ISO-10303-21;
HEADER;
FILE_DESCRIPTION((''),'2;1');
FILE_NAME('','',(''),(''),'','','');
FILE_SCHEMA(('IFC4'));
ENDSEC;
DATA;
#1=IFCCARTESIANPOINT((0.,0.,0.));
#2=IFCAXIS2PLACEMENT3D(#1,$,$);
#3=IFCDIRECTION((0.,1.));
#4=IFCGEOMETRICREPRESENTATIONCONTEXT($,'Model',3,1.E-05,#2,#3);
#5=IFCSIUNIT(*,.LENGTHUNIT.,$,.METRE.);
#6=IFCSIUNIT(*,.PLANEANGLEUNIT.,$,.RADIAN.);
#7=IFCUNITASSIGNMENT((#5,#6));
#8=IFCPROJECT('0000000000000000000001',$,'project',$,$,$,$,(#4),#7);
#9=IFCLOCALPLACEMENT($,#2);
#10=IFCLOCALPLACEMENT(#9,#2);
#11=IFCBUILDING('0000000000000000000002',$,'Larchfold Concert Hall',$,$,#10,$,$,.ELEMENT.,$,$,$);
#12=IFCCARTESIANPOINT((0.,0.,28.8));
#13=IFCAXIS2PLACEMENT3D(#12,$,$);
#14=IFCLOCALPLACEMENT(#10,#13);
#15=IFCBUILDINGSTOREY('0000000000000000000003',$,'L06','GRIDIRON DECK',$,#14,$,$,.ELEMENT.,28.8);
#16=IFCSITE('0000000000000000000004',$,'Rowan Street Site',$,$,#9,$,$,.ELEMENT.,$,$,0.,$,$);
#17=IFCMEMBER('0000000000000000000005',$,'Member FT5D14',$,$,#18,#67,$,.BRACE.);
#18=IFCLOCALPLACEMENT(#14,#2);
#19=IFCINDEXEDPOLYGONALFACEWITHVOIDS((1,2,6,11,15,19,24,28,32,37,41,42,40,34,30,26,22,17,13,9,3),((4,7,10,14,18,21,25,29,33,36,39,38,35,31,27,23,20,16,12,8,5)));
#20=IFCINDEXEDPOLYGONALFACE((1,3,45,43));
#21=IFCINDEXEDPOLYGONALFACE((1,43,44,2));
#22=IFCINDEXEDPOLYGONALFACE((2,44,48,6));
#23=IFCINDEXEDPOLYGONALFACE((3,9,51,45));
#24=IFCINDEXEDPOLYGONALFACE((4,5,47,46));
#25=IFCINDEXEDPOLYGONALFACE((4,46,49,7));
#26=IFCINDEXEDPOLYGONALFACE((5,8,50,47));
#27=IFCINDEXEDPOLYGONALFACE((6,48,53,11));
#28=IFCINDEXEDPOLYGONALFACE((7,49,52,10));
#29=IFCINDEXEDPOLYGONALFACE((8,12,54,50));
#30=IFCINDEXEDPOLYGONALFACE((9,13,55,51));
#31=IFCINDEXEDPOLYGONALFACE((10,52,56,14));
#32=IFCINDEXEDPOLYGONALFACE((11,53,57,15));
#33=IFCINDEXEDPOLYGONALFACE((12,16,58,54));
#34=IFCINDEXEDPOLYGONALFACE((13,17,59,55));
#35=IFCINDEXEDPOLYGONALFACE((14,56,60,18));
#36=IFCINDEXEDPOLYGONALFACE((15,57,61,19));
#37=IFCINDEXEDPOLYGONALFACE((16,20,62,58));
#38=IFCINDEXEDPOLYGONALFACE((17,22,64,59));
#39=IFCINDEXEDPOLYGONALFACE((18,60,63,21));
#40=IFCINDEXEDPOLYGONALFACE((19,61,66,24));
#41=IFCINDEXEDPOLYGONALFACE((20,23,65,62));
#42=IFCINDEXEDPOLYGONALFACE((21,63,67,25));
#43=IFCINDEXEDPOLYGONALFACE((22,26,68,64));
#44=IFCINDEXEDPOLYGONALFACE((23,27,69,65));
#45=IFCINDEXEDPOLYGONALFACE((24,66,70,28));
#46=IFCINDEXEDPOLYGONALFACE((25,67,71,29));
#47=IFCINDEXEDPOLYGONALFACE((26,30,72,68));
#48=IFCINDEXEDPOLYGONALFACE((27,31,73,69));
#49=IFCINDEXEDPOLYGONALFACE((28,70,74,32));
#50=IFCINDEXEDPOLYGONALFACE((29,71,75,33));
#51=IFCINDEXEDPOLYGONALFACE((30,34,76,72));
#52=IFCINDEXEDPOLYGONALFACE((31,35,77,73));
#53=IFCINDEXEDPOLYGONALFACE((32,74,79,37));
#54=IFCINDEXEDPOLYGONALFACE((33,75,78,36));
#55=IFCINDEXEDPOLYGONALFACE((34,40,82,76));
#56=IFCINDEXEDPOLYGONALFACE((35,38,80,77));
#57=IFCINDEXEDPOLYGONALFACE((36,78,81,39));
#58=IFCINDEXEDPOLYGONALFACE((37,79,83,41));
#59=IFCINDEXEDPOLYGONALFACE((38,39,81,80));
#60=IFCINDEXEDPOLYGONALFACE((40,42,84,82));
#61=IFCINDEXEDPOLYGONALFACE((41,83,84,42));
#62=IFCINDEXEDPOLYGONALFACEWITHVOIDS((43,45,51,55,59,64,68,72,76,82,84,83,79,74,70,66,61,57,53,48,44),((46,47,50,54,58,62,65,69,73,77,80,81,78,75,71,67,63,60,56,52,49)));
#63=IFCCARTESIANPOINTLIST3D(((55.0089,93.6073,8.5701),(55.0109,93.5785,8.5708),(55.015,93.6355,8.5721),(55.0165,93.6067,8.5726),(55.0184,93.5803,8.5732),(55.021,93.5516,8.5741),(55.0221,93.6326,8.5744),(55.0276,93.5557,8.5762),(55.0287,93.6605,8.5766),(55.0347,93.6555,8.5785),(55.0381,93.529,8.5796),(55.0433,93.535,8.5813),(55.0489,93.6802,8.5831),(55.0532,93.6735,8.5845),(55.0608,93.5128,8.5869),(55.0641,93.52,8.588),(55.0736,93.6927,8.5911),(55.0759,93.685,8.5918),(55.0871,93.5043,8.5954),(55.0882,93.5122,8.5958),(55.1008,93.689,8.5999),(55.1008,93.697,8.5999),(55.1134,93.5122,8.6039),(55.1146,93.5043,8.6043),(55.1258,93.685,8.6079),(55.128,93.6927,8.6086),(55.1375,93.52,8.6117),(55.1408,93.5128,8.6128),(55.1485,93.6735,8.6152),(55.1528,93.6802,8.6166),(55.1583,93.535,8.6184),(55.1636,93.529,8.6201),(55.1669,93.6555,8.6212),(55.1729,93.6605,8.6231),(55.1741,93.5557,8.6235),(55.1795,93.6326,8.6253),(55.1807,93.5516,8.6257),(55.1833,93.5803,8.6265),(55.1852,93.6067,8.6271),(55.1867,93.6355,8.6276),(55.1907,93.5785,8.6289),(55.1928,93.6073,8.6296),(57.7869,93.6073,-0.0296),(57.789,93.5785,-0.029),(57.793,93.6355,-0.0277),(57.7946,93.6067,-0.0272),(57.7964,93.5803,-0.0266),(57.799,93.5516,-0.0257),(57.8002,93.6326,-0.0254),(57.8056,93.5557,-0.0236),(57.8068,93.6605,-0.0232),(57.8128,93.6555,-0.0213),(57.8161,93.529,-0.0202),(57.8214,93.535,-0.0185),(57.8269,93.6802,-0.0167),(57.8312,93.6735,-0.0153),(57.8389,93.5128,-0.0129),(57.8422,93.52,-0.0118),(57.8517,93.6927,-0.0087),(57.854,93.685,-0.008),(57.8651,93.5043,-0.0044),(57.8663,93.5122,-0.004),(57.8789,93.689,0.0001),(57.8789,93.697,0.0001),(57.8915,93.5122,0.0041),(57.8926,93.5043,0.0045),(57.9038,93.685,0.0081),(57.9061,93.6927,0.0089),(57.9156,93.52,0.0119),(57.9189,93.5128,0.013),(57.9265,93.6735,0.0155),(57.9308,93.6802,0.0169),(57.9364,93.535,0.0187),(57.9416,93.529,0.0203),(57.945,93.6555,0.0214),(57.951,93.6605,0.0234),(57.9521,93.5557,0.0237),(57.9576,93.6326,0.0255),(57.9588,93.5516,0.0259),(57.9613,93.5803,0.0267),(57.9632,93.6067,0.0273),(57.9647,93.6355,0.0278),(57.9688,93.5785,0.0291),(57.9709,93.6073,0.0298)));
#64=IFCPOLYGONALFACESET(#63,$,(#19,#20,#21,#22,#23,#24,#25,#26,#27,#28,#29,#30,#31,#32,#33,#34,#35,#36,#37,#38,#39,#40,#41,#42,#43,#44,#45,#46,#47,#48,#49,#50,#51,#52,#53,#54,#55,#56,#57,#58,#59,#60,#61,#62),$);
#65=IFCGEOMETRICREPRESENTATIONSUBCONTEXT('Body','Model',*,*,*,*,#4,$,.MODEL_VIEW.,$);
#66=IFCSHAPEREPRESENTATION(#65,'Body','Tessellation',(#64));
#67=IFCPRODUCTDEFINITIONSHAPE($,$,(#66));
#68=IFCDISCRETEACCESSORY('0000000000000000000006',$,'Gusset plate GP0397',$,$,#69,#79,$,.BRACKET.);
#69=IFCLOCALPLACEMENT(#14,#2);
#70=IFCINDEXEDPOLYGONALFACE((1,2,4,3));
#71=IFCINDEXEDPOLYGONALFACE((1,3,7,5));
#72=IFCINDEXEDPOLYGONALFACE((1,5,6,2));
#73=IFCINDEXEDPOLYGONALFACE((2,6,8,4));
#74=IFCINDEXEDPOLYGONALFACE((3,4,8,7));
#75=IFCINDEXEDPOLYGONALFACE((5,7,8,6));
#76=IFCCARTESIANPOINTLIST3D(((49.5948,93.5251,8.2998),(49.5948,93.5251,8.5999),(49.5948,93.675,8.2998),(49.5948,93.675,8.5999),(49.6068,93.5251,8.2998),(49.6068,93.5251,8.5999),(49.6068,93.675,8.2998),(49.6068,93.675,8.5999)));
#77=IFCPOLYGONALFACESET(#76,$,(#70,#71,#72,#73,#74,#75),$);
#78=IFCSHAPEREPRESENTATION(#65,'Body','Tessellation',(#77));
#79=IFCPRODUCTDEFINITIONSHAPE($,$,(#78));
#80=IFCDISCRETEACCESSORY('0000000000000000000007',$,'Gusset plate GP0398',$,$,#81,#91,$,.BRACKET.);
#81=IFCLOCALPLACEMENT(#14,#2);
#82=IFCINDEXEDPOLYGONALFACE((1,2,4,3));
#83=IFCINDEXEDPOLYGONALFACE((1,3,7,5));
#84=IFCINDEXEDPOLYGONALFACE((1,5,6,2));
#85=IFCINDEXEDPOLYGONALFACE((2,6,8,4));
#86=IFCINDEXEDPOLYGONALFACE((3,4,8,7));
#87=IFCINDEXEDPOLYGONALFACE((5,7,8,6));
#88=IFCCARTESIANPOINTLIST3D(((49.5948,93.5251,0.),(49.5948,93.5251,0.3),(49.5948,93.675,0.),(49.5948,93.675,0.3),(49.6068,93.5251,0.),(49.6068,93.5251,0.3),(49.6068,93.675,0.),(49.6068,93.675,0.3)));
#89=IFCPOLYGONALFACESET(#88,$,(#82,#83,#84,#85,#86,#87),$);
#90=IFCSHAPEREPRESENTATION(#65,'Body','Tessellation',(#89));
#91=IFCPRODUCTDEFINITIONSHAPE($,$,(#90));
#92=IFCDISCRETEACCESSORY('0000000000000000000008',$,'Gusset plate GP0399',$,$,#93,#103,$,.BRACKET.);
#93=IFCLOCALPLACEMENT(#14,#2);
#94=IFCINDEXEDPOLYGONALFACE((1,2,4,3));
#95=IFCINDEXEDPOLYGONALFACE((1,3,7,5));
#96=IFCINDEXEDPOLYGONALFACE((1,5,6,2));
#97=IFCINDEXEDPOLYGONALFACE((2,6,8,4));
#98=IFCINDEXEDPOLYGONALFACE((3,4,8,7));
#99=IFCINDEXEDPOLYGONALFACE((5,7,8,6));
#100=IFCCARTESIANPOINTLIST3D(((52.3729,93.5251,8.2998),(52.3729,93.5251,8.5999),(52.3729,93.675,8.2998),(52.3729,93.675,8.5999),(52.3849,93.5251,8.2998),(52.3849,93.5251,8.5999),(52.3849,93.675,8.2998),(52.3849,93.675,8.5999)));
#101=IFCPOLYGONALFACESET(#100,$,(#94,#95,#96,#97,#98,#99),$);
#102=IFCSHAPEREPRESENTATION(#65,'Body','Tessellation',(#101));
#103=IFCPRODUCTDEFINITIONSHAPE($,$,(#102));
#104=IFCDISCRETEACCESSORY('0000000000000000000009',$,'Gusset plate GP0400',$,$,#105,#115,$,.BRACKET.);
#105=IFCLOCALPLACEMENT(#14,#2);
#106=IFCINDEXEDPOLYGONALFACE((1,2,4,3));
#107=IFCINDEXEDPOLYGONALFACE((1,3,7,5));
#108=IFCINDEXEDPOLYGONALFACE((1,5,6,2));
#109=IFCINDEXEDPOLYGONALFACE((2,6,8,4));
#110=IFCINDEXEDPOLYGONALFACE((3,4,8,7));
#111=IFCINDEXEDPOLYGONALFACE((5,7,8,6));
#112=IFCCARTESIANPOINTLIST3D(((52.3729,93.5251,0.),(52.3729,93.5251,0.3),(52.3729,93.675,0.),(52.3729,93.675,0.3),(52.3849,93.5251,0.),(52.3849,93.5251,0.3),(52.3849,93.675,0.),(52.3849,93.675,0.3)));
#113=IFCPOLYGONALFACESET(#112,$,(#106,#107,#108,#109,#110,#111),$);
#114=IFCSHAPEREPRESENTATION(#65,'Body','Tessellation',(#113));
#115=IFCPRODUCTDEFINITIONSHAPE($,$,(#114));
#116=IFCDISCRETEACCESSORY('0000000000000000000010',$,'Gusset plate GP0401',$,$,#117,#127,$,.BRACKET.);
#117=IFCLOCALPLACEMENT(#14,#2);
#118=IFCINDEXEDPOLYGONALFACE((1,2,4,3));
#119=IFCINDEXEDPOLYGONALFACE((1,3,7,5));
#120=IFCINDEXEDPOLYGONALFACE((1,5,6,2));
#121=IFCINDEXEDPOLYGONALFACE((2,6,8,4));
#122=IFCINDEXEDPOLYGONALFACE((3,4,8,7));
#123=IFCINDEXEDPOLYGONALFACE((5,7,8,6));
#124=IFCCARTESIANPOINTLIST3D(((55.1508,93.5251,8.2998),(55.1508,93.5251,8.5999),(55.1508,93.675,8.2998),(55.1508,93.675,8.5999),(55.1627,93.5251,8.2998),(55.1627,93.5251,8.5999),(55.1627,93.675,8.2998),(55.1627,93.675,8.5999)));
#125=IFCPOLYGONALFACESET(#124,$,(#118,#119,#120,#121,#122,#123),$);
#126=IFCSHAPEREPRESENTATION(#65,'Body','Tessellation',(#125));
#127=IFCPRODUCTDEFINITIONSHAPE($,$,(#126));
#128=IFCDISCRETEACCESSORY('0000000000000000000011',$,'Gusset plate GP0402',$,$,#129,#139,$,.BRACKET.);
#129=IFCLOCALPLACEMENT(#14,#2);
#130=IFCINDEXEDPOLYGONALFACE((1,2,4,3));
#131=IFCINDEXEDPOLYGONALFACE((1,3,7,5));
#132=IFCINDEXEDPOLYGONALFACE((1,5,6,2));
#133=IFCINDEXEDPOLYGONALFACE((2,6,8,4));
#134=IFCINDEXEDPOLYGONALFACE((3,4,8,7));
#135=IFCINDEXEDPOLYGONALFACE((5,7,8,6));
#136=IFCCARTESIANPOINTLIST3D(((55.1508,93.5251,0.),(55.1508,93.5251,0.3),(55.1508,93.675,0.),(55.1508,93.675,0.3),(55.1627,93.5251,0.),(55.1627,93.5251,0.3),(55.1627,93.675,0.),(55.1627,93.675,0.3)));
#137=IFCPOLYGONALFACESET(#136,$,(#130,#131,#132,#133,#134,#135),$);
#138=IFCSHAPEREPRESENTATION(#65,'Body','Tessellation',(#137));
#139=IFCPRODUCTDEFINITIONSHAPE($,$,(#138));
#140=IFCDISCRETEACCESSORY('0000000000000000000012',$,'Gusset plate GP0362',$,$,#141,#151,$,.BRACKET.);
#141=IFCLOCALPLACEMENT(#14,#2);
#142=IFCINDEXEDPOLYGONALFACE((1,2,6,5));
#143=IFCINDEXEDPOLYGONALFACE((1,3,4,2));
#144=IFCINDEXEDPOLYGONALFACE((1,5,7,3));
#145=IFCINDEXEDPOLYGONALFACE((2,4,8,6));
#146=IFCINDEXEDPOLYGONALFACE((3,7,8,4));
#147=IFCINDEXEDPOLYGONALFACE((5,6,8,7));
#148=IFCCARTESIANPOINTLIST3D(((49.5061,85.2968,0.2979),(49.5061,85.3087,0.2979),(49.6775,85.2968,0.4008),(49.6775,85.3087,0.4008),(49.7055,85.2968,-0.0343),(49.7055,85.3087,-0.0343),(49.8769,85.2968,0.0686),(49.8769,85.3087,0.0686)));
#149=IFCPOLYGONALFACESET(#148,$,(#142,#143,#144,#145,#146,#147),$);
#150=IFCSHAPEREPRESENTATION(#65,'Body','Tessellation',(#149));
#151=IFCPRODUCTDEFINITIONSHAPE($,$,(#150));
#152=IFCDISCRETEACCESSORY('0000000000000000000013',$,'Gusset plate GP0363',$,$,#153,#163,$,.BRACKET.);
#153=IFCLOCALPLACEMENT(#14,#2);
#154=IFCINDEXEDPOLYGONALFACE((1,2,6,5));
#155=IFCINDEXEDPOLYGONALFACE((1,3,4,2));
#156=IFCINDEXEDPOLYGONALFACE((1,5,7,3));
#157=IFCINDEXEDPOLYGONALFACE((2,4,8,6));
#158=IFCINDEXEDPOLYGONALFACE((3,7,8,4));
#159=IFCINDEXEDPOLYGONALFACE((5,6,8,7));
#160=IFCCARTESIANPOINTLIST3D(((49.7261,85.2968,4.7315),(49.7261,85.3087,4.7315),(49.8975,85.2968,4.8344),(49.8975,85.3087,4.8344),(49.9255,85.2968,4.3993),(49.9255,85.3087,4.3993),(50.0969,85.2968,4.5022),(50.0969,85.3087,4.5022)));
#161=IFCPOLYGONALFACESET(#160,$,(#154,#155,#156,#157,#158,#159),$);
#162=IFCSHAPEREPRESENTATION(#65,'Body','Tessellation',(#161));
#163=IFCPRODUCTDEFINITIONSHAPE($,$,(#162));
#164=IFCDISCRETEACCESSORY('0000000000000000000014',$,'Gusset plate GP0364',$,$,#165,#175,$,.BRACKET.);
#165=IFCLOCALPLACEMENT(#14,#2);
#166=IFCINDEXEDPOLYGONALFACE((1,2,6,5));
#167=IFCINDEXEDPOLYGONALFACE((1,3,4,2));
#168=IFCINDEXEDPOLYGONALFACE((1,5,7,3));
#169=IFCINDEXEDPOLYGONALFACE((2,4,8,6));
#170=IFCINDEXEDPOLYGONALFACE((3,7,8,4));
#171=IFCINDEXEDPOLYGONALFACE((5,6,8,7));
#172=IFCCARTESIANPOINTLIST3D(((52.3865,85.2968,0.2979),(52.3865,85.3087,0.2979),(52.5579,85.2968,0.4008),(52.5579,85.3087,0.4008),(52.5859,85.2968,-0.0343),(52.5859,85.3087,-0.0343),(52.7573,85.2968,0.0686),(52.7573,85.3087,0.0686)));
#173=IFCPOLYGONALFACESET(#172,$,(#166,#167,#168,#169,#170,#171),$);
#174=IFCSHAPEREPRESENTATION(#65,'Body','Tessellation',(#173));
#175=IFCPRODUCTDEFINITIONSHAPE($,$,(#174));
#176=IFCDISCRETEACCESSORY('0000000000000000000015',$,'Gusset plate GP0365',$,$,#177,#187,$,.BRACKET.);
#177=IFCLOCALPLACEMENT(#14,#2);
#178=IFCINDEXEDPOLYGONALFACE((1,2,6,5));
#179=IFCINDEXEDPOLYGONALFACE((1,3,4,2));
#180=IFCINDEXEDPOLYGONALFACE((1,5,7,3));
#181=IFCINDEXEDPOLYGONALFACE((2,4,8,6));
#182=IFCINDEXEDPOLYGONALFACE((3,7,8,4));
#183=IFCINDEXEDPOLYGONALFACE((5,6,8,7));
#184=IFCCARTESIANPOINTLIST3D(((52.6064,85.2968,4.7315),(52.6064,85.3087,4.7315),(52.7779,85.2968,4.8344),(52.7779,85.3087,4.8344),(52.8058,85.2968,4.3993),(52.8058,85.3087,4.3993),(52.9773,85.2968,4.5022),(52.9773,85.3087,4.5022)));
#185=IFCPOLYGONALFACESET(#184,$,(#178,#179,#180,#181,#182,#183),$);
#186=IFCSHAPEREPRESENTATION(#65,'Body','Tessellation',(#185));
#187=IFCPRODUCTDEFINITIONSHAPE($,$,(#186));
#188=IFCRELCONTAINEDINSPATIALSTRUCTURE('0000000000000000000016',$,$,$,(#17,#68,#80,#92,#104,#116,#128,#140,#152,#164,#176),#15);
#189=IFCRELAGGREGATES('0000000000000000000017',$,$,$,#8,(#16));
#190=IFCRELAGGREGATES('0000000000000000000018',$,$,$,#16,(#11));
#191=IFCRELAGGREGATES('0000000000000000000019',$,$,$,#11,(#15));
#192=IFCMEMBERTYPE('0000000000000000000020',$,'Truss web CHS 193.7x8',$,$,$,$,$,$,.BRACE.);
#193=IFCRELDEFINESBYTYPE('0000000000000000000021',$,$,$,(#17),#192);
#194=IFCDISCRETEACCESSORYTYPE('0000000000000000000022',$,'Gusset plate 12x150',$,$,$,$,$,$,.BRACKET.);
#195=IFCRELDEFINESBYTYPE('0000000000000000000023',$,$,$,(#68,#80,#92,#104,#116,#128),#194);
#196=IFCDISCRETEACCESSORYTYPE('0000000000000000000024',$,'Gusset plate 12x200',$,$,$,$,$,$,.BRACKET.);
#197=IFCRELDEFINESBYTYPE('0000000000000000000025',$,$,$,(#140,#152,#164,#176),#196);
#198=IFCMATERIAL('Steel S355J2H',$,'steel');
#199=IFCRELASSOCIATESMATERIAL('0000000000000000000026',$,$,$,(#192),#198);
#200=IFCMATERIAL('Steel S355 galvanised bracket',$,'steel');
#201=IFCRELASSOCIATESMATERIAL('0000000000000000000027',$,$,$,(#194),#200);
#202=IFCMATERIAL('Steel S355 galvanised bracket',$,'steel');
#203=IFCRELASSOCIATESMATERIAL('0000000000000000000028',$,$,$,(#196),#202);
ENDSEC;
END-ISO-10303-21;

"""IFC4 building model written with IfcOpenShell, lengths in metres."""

from ifc_helpers import new_model, si_unit, direction, frame, origin, origin_2d, place, context, subcontext, project, spatial, rectangle, hollow_circle, extrude, material, material_profile, profile_set, type_object, element, save


model = new_model("IFC4")

# Units and contexts
model_context = context("Model", 3, precision=1e-05, world=origin(), true_north=direction((0.0, 1.0)))
body_context = subcontext(model_context, "Body", "Model", "MODEL_VIEW")
ifc_project = project(units=[si_unit("LENGTHUNIT", "METRE"), si_unit("PLANEANGLEUNIT", "RADIAN")], contexts=[model_context])

# Site, building, storey
site_placement = place(None, origin())
site = spatial("IfcSite", under=ifc_project, at=site_placement, Name="Rowan Street Site", CompositionType="ELEMENT", RefElevation=0.0)
building_placement = place(site_placement, origin())
building = spatial("IfcBuilding", under=site, at=building_placement, Name="Larchfold Concert Hall", CompositionType="ELEMENT")
storey_placement = place(building_placement, frame((0.0, 0.0, 28.8)))
storey = spatial("IfcBuildingStorey", under=building, at=storey_placement, Name="L06", Description="GRIDIRON DECK", CompositionType="ELEMENT", Elevation=28.8)

# Member
ifc_material_1 = material(Name="Steel S355J2H", Category="steel")
ifc_material_profile_1 = material_profile(ifc_material_1, hollow_circle(Radius=0.0969, WallThickness=0.0081, at=origin_2d()))
ifc_profile_set_1 = profile_set([ifc_material_profile_1], Name="Steel S355J2H")
member_type_1 = type_object("IfcMemberType", Name="Truss web CHS 193.7x8", PredefinedType="BRACE", material=ifc_profile_set_1)
for number, where, z_axis, x_axis, name in (
    (1, (55.1008, 93.6001, 8.5999), (0.307397, 0.0, -0.951581), (0.0, 1.0, 0.0), "Member FT5D14"),
):
    element("IfcMember", number, at=place(storey_placement, frame(where, z_axis=z_axis, x_axis=x_axis)), inside=storey, type_object=member_type_1, Name=name, PredefinedType="BRACE", context=body_context, shape_type="SweptSolid", body=[
        extrude(hollow_circle(Radius=0.0969, WallThickness=0.0081, at=origin_2d()), origin(), (0.0, 0.0, 1.0), 9.0374),
    ])

# Discrete accessories
ifc_material_2 = material(Name="Steel S355 galvanised bracket", Category="steel")
ifc_material_profile_2 = material_profile(ifc_material_2, rectangle(XDim=0.012, YDim=0.1499, at=origin_2d()))
ifc_profile_set_2 = profile_set([ifc_material_profile_2], Name="Steel S355 galvanised bracket")
discrete_accessory_type_1 = type_object("IfcDiscreteAccessoryType", Name="Gusset plate 12x150", PredefinedType="BRACKET", material=ifc_profile_set_2)
for number, where, z_axis, x_axis, name in (
    (2, (49.6008, 93.6001, 8.5999), (0.0, 0.0, -1.0), (1.0, 0.0, 0.0), "Gusset plate GP0397"),
    (3, (49.6008, 93.6001, 0.3), (0.0, 0.0, -1.0), (1.0, 0.0, 0.0), "Gusset plate GP0398"),
    (4, (52.3789, 93.6001, 8.5999), (0.0, 0.0, -1.0), (1.0, 0.0, 0.0), "Gusset plate GP0399"),
    (5, (52.3789, 93.6001, 0.3), (0.0, 0.0, -1.0), (1.0, 0.0, 0.0), "Gusset plate GP0400"),
    (6, (55.1567, 93.6001, 8.5999), (0.0, 0.0, -1.0), (1.0, 0.0, 0.0), "Gusset plate GP0401"),
    (7, (55.1567, 93.6001, 0.3), (0.0, 0.0, -1.0), (1.0, 0.0, 0.0), "Gusset plate GP0402"),
):
    element("IfcDiscreteAccessory", number, at=place(storey_placement, frame(where, z_axis=z_axis, x_axis=x_axis)), inside=storey, type_object=discrete_accessory_type_1, Name=name, PredefinedType="BRACKET", context=body_context, shape_type="SweptSolid", body=[
        extrude(rectangle(XDim=0.012, YDim=0.1499, at=origin_2d()), origin(), (0.0, 0.0, 1.0), 0.3),
    ])
ifc_material_3 = material(Name="Steel S355 galvanised bracket", Category="steel")
ifc_material_profile_3 = material_profile(ifc_material_3, rectangle(XDim=0.012, YDim=0.2, at=origin_2d()))
ifc_profile_set_3 = profile_set([ifc_material_profile_3], Name="Steel S355 galvanised bracket")
discrete_accessory_type_2 = type_object("IfcDiscreteAccessoryType", Name="Gusset plate 12x200", PredefinedType="BRACKET", material=ifc_profile_set_3)
for number, where, z_axis, x_axis, name in (
    (8, (49.5918, 85.3027, 0.3494), (0.514681, 0.0, -0.857382), (0.0, 1.0, 0.0), "Gusset plate GP0362"),
    (9, (49.8118, 85.3027, 4.783), (0.514681, 0.0, -0.857382), (0.0, 1.0, 0.0), "Gusset plate GP0363"),
    (10, (52.4722, 85.3027, 0.3494), (0.514681, 0.0, -0.857382), (0.0, 1.0, 0.0), "Gusset plate GP0364"),
    (11, (52.6921, 85.3027, 4.783), (0.514681, 0.0, -0.857382), (0.0, 1.0, 0.0), "Gusset plate GP0365"),
):
    element("IfcDiscreteAccessory", number, at=place(storey_placement, frame(where, z_axis=z_axis, x_axis=x_axis)), inside=storey, type_object=discrete_accessory_type_2, Name=name, PredefinedType="BRACKET", context=body_context, shape_type="SweptSolid", body=[
        extrude(rectangle(XDim=0.012, YDim=0.2, at=origin_2d()), origin(), (0.0, 0.0, 1.0), 0.3875),
    ])

save(model, "model.ifc")
